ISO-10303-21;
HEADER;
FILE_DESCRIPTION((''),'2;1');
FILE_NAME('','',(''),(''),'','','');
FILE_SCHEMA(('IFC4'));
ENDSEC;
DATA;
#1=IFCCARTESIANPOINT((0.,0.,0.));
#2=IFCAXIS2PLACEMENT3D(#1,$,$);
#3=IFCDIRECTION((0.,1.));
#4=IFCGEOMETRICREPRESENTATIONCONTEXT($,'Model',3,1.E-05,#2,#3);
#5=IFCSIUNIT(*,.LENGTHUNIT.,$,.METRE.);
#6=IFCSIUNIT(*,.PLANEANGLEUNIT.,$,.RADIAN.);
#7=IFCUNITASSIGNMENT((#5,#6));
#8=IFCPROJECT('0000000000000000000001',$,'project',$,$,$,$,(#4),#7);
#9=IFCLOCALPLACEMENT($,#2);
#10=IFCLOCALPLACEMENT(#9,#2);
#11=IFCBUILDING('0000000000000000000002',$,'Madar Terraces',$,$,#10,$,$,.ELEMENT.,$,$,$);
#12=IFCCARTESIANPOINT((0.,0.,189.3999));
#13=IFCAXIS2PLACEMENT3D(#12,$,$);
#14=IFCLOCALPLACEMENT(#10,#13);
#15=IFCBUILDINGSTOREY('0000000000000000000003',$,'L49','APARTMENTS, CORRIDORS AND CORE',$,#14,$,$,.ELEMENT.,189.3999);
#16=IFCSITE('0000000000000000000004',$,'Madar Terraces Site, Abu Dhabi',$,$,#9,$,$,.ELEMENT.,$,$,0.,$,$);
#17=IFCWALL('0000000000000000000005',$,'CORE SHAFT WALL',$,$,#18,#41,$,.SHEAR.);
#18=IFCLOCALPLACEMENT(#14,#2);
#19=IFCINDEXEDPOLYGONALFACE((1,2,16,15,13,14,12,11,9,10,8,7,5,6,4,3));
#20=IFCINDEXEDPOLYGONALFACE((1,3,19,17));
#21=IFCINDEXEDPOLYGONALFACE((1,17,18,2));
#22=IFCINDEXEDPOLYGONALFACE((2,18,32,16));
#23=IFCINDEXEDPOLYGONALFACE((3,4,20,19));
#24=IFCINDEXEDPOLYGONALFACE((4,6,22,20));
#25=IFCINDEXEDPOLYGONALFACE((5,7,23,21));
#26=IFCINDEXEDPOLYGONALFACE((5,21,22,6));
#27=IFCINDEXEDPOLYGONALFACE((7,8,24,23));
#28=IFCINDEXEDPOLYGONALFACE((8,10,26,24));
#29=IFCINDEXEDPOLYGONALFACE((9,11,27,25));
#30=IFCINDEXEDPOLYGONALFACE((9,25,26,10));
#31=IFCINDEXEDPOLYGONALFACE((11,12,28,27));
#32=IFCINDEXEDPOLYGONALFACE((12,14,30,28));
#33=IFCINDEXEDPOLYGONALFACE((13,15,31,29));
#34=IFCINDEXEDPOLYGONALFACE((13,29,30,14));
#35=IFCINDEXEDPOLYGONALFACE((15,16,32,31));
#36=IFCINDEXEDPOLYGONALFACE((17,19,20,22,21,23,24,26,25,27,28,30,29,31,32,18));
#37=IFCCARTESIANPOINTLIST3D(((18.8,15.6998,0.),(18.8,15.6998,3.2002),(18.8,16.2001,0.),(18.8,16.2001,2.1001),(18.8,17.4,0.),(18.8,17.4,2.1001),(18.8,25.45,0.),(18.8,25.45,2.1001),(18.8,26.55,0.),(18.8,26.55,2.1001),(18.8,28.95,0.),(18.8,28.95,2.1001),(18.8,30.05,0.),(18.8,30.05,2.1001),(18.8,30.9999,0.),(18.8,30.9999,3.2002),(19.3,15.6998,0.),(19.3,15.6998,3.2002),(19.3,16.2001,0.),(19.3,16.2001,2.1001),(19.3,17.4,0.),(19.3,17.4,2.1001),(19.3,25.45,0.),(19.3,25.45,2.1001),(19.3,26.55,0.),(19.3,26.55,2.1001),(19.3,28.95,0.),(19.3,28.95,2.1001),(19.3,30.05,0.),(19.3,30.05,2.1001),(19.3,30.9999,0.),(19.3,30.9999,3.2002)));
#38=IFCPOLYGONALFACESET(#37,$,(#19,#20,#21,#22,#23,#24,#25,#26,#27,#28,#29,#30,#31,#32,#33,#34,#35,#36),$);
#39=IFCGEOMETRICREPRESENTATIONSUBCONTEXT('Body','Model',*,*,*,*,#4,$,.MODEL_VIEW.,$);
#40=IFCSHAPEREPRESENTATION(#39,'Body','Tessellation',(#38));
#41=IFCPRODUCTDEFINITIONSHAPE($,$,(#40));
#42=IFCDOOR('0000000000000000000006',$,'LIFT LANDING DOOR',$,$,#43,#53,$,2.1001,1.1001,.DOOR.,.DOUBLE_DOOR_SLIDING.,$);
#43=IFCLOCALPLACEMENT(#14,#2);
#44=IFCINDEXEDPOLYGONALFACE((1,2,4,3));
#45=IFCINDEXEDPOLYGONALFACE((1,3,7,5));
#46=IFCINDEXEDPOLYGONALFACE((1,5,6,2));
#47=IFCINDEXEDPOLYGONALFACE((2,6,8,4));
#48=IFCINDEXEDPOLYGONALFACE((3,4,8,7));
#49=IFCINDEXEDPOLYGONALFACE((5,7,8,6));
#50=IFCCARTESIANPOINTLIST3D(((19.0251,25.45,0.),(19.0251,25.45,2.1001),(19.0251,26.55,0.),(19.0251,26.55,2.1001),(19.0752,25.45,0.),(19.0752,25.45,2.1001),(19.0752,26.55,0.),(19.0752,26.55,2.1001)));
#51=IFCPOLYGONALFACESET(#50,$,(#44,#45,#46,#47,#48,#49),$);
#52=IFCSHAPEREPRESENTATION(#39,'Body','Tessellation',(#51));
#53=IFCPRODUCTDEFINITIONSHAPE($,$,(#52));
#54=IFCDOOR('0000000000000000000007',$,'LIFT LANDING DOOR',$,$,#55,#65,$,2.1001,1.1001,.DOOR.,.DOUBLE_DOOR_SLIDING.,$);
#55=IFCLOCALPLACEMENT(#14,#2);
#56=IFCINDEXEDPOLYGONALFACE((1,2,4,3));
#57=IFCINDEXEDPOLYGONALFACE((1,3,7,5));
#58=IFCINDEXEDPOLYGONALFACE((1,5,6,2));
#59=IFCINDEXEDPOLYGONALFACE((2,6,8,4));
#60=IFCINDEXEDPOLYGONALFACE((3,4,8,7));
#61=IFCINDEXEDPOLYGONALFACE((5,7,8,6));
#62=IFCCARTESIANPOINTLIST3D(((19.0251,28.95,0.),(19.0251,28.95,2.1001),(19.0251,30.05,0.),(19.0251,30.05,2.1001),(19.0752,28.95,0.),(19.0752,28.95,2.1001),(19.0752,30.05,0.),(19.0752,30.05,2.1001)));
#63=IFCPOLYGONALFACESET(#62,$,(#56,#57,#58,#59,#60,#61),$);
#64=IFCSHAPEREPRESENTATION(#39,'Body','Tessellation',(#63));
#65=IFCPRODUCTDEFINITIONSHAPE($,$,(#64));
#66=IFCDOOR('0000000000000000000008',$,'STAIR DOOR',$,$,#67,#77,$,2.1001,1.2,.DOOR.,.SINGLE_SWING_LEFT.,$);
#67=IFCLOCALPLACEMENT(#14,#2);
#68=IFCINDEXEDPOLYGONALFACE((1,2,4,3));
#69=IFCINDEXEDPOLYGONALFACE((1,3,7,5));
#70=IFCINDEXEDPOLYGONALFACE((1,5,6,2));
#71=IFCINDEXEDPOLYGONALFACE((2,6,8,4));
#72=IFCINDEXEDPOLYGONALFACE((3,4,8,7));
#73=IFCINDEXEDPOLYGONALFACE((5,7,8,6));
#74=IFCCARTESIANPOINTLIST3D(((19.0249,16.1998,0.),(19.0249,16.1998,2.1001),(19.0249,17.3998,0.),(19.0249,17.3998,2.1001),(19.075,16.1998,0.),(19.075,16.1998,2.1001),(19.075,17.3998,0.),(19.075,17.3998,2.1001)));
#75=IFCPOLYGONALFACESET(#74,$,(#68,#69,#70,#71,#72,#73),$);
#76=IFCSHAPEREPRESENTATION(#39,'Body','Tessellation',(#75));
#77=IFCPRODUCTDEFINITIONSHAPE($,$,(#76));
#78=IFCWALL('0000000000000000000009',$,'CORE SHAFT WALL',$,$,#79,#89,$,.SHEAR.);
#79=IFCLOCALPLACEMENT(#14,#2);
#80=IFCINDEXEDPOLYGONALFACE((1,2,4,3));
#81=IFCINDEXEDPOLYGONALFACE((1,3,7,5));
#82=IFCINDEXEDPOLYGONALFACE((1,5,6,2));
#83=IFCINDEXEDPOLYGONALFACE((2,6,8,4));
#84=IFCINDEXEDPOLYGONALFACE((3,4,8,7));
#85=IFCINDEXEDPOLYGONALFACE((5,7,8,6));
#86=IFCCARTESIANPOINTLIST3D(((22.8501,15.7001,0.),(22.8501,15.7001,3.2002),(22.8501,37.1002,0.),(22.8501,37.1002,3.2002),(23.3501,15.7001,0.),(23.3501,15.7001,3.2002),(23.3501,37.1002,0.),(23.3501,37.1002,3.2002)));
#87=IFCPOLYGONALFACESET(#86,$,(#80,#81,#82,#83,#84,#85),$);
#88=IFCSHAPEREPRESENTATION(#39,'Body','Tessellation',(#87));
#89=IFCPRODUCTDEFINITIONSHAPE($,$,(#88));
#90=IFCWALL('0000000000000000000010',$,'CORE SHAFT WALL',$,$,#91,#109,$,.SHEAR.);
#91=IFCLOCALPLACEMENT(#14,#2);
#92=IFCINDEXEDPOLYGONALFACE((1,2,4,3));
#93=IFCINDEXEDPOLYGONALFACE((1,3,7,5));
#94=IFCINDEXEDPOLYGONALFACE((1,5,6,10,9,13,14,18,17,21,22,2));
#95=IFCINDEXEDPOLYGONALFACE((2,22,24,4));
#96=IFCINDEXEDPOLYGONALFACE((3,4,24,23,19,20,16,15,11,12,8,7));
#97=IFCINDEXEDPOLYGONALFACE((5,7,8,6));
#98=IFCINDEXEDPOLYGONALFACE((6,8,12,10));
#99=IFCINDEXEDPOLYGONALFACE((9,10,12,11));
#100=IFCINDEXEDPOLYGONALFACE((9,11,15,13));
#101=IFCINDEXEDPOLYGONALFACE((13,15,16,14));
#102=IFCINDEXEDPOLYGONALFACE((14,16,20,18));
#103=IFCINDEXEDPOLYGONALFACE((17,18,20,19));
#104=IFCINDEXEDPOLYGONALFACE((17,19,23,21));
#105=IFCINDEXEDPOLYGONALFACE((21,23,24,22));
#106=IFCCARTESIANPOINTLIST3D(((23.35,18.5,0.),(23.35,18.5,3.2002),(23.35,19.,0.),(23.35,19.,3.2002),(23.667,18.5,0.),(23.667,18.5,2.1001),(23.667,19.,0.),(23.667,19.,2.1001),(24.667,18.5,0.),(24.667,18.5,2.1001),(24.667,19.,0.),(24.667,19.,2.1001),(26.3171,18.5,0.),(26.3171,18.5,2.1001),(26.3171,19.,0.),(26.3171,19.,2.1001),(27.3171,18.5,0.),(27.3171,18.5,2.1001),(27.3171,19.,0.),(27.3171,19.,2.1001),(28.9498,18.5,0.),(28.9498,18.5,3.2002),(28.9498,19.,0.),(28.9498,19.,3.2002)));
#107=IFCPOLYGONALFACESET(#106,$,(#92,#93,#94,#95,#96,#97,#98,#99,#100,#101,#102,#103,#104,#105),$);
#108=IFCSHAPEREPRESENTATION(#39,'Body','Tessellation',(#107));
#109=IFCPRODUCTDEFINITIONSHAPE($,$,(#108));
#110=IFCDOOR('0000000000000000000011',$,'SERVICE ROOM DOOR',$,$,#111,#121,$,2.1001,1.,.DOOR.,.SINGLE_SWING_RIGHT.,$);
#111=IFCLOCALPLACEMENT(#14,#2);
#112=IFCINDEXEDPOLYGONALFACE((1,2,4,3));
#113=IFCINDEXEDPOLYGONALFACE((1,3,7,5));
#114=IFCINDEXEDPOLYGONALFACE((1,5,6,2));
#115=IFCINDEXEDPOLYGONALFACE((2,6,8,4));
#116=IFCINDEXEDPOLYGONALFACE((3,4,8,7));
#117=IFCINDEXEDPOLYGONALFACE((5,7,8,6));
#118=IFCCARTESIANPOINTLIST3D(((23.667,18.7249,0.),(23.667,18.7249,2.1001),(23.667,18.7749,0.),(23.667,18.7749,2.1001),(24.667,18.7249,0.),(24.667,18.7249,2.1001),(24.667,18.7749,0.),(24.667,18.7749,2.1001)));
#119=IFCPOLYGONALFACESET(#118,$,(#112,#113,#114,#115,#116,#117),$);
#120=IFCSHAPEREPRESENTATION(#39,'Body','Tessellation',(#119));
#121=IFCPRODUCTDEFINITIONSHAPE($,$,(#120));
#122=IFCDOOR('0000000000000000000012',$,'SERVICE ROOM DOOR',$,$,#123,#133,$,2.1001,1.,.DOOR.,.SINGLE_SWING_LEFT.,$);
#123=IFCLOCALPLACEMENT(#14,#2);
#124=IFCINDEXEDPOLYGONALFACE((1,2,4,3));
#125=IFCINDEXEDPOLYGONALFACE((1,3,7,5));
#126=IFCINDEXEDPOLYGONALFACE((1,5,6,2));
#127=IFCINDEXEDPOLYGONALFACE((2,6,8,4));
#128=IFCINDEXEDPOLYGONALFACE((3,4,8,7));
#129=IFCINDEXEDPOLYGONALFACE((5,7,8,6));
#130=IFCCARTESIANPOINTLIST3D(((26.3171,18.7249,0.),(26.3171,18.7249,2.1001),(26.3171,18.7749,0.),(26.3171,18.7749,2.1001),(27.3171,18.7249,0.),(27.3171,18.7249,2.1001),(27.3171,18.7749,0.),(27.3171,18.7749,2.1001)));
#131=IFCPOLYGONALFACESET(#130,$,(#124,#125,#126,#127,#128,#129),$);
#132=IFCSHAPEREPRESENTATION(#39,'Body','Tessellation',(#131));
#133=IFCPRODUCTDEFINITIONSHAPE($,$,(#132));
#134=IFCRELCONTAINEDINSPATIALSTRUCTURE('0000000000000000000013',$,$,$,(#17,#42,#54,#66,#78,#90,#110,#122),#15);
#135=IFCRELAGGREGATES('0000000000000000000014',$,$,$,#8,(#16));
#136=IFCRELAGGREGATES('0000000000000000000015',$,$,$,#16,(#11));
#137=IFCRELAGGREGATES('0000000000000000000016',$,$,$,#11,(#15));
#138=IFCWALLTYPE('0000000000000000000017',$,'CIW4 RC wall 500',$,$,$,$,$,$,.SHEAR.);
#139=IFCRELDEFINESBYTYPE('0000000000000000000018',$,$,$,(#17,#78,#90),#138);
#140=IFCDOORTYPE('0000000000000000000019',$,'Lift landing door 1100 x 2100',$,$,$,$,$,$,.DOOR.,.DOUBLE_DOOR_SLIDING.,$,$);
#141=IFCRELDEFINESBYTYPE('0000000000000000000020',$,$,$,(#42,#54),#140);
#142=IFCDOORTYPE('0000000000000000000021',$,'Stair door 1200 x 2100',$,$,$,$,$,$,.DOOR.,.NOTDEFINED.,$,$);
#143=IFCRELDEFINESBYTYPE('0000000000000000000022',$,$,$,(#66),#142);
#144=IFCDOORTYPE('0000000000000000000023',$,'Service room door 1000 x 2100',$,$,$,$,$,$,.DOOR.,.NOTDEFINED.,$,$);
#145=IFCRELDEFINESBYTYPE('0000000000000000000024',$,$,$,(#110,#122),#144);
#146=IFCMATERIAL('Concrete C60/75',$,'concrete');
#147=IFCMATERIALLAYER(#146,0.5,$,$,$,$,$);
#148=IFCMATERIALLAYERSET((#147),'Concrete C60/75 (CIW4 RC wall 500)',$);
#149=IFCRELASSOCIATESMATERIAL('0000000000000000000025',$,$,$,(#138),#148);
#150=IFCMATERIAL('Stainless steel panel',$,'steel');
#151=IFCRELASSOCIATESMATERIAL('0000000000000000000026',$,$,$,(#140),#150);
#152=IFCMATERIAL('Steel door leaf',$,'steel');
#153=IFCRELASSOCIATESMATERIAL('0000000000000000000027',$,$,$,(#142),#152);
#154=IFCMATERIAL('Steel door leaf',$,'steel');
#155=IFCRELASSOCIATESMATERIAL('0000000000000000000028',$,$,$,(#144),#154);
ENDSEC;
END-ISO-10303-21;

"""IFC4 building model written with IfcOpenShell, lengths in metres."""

from ifc_helpers import new_model, si_unit, direction, frame, frame_2d, origin, place, context, subcontext, project, spatial, rectangle, extrude, material, layer, layer_set, type_object, element, fill, save


model = new_model("IFC4")

# Units and contexts
model_context = context("Model", 3, precision=1e-05, world=origin(), true_north=direction((0.0, 1.0)))
body_context = subcontext(model_context, "Body", "Model", "MODEL_VIEW")
ifc_project = project(units=[si_unit("LENGTHUNIT", "METRE"), si_unit("PLANEANGLEUNIT", "RADIAN")], contexts=[model_context])

# Site, building, storey
site_placement = place(None, origin())
site = spatial("IfcSite", under=ifc_project, at=site_placement, Name="Madar Terraces Site, Abu Dhabi", CompositionType="ELEMENT", RefElevation=0.0)
building_placement = place(site_placement, origin())
building = spatial("IfcBuilding", under=site, at=building_placement, Name="Madar Terraces", CompositionType="ELEMENT")
storey_placement = place(building_placement, frame((0.0, 0.0, 189.3999)))
storey = spatial("IfcBuildingStorey", under=building, at=storey_placement, Name="L49", Description="APARTMENTS, CORRIDORS AND CORE", CompositionType="ELEMENT", Elevation=189.3999)

# Wall, openings, doors
ifc_material_1 = material(Name="Concrete C60/75", Category="concrete")
ifc_layer_1 = layer(ifc_material_1, 0.5)
ifc_layer_set_1 = layer_set([ifc_layer_1], Name="Concrete C60/75 (CIW4 RC wall 500)")
wall_type_1 = type_object("IfcWallType", Name="CIW4 RC wall 500", PredefinedType="SHEAR", material=ifc_layer_set_1)
wall_1_placement = place(storey_placement, frame((19.05, 15.7, 0.0), z_axis=(0.0, 0.0, 1.0), x_axis=(0.0, 1.0, 0.0)))
wall_1 = element("IfcWall", 1, at=wall_1_placement, inside=storey, type_object=wall_type_1, Name="CORE SHAFT WALL", PredefinedType="SHEAR", context=body_context, shape_type="SweptSolid", body=[
    extrude(rectangle(XDim=15.3, YDim=0.5, at=frame_2d((7.6499, 0.0))), origin(), (0.0, 0.0, 1.0), 3.2002),
])
opening_1_placement = place(wall_1_placement, frame((9.75, 0.0, 0.0)))
opening_1 = element("IfcOpeningElement", 2, at=opening_1_placement, cuts=wall_1, PredefinedType="OPENING", context=body_context, shape_type="SweptSolid", body=[
    extrude(rectangle(XDim=1.1001, YDim=2.1001, at=frame_2d((0.55, 1.05))), frame((0.0, 0.26, 0.0), z_axis=(0.0, -1.0, 0.0), x_axis=(1.0, 0.0, 0.0)), (0.0, 0.0, 1.0), 0.52),
])
opening_2_placement = place(wall_1_placement, frame((13.25, 0.0, 0.0)))
opening_2 = element("IfcOpeningElement", 3, at=opening_2_placement, cuts=wall_1, PredefinedType="OPENING", context=body_context, shape_type="SweptSolid", body=[
    extrude(rectangle(XDim=1.1001, YDim=2.1001, at=frame_2d((0.55, 1.05))), frame((0.0, 0.26, 0.0), z_axis=(0.0, -1.0, 0.0), x_axis=(1.0, 0.0, 0.0)), (0.0, 0.0, 1.0), 0.52),
])
opening_3_placement = place(wall_1_placement, frame((0.5, 0.0, 0.0)))
opening_3 = element("IfcOpeningElement", 4, at=opening_3_placement, cuts=wall_1, PredefinedType="OPENING", context=body_context, shape_type="SweptSolid", body=[
    extrude(rectangle(XDim=1.2, YDim=2.1001, at=frame_2d((0.6001, 1.05))), frame((0.0, 0.26, 0.0), z_axis=(0.0, -1.0, 0.0), x_axis=(1.0, 0.0, 0.0)), (0.0, 0.0, 1.0), 0.52),
])
ifc_material_2 = material(Name="Stainless steel panel", Category="steel")
door_type_1 = type_object("IfcDoorType", Name="Lift landing door 1100 x 2100", OperationType="DOUBLE_DOOR_SLIDING", PredefinedType="DOOR", material=ifc_material_2)
door_1_placement = place(opening_1_placement, origin())
door_1 = element("IfcDoor", 5, at=door_1_placement, inside=storey, type_object=door_type_1, Name="LIFT LANDING DOOR", OperationType="DOUBLE_DOOR_SLIDING", OverallHeight=2.1001, OverallWidth=1.1001, PredefinedType="DOOR", context=body_context, shape_type="SweptSolid", body=[
    extrude(rectangle(XDim=1.1001, YDim=2.1001, at=frame_2d((0.55, 1.05))), frame((0.0, 0.0249, 0.0), z_axis=(0.0, -1.0, 0.0), x_axis=(1.0, 0.0, 0.0)), (0.0, 0.0, 1.0), 0.05),
])
fill(opening_1, door_1)
door_2_placement = place(opening_2_placement, origin())
door_2 = element("IfcDoor", 6, at=door_2_placement, inside=storey, type_object=door_type_1, Name="LIFT LANDING DOOR", OperationType="DOUBLE_DOOR_SLIDING", OverallHeight=2.1001, OverallWidth=1.1001, PredefinedType="DOOR", context=body_context, shape_type="SweptSolid", body=[
    extrude(rectangle(XDim=1.1001, YDim=2.1001, at=frame_2d((0.55, 1.05))), frame((0.0, 0.0249, 0.0), z_axis=(0.0, -1.0, 0.0), x_axis=(1.0, 0.0, 0.0)), (0.0, 0.0, 1.0), 0.05),
])
fill(opening_2, door_2)
ifc_material_3 = material(Name="Steel door leaf", Category="steel")
door_type_2 = type_object("IfcDoorType", Name="Stair door 1200 x 2100", OperationType="NOTDEFINED", PredefinedType="DOOR", material=ifc_material_3)
door_3_placement = place(opening_3_placement, frame((1.2, 0.0, 0.0), z_axis=(0.0, 0.0, 1.0), x_axis=(-1.0, 0.0, 0.0)))
door_3 = element("IfcDoor", 7, at=door_3_placement, inside=storey, type_object=door_type_2, Name="STAIR DOOR", OperationType="SINGLE_SWING_LEFT", OverallHeight=2.1001, OverallWidth=1.2, PredefinedType="DOOR", context=body_context, shape_type="SweptSolid", body=[
    extrude(rectangle(XDim=1.2, YDim=2.1001, at=frame_2d((0.6001, 1.05))), frame((0.0, 0.0249, 0.0), z_axis=(0.0, -1.0, 0.0), x_axis=(1.0, 0.0, 0.0)), (0.0, 0.0, 1.0), 0.05),
])
fill(opening_3, door_3)

# Wall
wall_2_placement = place(storey_placement, frame((23.1001, 15.7, 0.0), z_axis=(0.0, 0.0, 1.0), x_axis=(0.0, 1.0, 0.0)))
element("IfcWall", 8, at=wall_2_placement, inside=storey, type_object=wall_type_1, Name="CORE SHAFT WALL", PredefinedType="SHEAR", context=body_context, shape_type="SweptSolid", body=[
    extrude(rectangle(XDim=21.4001, YDim=0.5, at=frame_2d((10.7002, 0.0))), origin(), (0.0, 0.0, 1.0), 3.2002),
])

# Wall, openings, doors
wall_3_placement = place(storey_placement, frame((23.3501, 18.75, 0.0), z_axis=(0.0, 0.0, 1.0), x_axis=(1.0, 0.0, 0.0)))
wall_3 = element("IfcWall", 9, at=wall_3_placement, inside=storey, type_object=wall_type_1, Name="CORE SHAFT WALL", PredefinedType="SHEAR", context=body_context, shape_type="SweptSolid", body=[
    extrude(rectangle(XDim=5.5999, YDim=0.5, at=frame_2d((2.7998, 0.0))), origin(), (0.0, 0.0, 1.0), 3.2002),
])
opening_4_placement = place(wall_3_placement, frame((0.3169, 0.0, 0.0)))
opening_4 = element("IfcOpeningElement", 10, at=opening_4_placement, cuts=wall_3, PredefinedType="OPENING", context=body_context, shape_type="SweptSolid", body=[
    extrude(rectangle(XDim=1.0, YDim=2.1001, at=frame_2d((0.5, 1.05))), frame((0.0, 0.26, 0.0), z_axis=(0.0, -1.0, 0.0), x_axis=(1.0, 0.0, 0.0)), (0.0, 0.0, 1.0), 0.52),
])
opening_5_placement = place(wall_3_placement, frame((2.967, 0.0, 0.0)))
opening_5 = element("IfcOpeningElement", 11, at=opening_5_placement, cuts=wall_3, PredefinedType="OPENING", context=body_context, shape_type="SweptSolid", body=[
    extrude(rectangle(XDim=1.0, YDim=2.1001, at=frame_2d((0.5, 1.05))), frame((0.0, 0.26, 0.0), z_axis=(0.0, -1.0, 0.0), x_axis=(1.0, 0.0, 0.0)), (0.0, 0.0, 1.0), 0.52),
])
ifc_material_4 = material(Name="Steel door leaf", Category="steel")
door_type_3 = type_object("IfcDoorType", Name="Service room door 1000 x 2100", OperationType="NOTDEFINED", PredefinedType="DOOR", material=ifc_material_4)
door_4_placement = place(opening_4_placement, origin())
door_4 = element("IfcDoor", 12, at=door_4_placement, inside=storey, type_object=door_type_3, Name="SERVICE ROOM DOOR", OperationType="SINGLE_SWING_RIGHT", OverallHeight=2.1001, OverallWidth=1.0, PredefinedType="DOOR", context=body_context, shape_type="SweptSolid", body=[
    extrude(rectangle(XDim=1.0, YDim=2.1001, at=frame_2d((0.5, 1.05))), frame((0.0, 0.0249, 0.0), z_axis=(0.0, -1.0, 0.0), x_axis=(1.0, 0.0, 0.0)), (0.0, 0.0, 1.0), 0.05),
])
fill(opening_4, door_4)
door_5_placement = place(opening_5_placement, origin())
door_5 = element("IfcDoor", 13, at=door_5_placement, inside=storey, type_object=door_type_3, Name="SERVICE ROOM DOOR", OperationType="SINGLE_SWING_LEFT", OverallHeight=2.1001, OverallWidth=1.0, PredefinedType="DOOR", context=body_context, shape_type="SweptSolid", body=[
    extrude(rectangle(XDim=1.0, YDim=2.1001, at=frame_2d((0.5, 1.05))), frame((0.0, 0.0249, 0.0), z_axis=(0.0, -1.0, 0.0), x_axis=(1.0, 0.0, 0.0)), (0.0, 0.0, 1.0), 0.05),
])
fill(opening_5, door_5)

save(model, "model.ifc")
